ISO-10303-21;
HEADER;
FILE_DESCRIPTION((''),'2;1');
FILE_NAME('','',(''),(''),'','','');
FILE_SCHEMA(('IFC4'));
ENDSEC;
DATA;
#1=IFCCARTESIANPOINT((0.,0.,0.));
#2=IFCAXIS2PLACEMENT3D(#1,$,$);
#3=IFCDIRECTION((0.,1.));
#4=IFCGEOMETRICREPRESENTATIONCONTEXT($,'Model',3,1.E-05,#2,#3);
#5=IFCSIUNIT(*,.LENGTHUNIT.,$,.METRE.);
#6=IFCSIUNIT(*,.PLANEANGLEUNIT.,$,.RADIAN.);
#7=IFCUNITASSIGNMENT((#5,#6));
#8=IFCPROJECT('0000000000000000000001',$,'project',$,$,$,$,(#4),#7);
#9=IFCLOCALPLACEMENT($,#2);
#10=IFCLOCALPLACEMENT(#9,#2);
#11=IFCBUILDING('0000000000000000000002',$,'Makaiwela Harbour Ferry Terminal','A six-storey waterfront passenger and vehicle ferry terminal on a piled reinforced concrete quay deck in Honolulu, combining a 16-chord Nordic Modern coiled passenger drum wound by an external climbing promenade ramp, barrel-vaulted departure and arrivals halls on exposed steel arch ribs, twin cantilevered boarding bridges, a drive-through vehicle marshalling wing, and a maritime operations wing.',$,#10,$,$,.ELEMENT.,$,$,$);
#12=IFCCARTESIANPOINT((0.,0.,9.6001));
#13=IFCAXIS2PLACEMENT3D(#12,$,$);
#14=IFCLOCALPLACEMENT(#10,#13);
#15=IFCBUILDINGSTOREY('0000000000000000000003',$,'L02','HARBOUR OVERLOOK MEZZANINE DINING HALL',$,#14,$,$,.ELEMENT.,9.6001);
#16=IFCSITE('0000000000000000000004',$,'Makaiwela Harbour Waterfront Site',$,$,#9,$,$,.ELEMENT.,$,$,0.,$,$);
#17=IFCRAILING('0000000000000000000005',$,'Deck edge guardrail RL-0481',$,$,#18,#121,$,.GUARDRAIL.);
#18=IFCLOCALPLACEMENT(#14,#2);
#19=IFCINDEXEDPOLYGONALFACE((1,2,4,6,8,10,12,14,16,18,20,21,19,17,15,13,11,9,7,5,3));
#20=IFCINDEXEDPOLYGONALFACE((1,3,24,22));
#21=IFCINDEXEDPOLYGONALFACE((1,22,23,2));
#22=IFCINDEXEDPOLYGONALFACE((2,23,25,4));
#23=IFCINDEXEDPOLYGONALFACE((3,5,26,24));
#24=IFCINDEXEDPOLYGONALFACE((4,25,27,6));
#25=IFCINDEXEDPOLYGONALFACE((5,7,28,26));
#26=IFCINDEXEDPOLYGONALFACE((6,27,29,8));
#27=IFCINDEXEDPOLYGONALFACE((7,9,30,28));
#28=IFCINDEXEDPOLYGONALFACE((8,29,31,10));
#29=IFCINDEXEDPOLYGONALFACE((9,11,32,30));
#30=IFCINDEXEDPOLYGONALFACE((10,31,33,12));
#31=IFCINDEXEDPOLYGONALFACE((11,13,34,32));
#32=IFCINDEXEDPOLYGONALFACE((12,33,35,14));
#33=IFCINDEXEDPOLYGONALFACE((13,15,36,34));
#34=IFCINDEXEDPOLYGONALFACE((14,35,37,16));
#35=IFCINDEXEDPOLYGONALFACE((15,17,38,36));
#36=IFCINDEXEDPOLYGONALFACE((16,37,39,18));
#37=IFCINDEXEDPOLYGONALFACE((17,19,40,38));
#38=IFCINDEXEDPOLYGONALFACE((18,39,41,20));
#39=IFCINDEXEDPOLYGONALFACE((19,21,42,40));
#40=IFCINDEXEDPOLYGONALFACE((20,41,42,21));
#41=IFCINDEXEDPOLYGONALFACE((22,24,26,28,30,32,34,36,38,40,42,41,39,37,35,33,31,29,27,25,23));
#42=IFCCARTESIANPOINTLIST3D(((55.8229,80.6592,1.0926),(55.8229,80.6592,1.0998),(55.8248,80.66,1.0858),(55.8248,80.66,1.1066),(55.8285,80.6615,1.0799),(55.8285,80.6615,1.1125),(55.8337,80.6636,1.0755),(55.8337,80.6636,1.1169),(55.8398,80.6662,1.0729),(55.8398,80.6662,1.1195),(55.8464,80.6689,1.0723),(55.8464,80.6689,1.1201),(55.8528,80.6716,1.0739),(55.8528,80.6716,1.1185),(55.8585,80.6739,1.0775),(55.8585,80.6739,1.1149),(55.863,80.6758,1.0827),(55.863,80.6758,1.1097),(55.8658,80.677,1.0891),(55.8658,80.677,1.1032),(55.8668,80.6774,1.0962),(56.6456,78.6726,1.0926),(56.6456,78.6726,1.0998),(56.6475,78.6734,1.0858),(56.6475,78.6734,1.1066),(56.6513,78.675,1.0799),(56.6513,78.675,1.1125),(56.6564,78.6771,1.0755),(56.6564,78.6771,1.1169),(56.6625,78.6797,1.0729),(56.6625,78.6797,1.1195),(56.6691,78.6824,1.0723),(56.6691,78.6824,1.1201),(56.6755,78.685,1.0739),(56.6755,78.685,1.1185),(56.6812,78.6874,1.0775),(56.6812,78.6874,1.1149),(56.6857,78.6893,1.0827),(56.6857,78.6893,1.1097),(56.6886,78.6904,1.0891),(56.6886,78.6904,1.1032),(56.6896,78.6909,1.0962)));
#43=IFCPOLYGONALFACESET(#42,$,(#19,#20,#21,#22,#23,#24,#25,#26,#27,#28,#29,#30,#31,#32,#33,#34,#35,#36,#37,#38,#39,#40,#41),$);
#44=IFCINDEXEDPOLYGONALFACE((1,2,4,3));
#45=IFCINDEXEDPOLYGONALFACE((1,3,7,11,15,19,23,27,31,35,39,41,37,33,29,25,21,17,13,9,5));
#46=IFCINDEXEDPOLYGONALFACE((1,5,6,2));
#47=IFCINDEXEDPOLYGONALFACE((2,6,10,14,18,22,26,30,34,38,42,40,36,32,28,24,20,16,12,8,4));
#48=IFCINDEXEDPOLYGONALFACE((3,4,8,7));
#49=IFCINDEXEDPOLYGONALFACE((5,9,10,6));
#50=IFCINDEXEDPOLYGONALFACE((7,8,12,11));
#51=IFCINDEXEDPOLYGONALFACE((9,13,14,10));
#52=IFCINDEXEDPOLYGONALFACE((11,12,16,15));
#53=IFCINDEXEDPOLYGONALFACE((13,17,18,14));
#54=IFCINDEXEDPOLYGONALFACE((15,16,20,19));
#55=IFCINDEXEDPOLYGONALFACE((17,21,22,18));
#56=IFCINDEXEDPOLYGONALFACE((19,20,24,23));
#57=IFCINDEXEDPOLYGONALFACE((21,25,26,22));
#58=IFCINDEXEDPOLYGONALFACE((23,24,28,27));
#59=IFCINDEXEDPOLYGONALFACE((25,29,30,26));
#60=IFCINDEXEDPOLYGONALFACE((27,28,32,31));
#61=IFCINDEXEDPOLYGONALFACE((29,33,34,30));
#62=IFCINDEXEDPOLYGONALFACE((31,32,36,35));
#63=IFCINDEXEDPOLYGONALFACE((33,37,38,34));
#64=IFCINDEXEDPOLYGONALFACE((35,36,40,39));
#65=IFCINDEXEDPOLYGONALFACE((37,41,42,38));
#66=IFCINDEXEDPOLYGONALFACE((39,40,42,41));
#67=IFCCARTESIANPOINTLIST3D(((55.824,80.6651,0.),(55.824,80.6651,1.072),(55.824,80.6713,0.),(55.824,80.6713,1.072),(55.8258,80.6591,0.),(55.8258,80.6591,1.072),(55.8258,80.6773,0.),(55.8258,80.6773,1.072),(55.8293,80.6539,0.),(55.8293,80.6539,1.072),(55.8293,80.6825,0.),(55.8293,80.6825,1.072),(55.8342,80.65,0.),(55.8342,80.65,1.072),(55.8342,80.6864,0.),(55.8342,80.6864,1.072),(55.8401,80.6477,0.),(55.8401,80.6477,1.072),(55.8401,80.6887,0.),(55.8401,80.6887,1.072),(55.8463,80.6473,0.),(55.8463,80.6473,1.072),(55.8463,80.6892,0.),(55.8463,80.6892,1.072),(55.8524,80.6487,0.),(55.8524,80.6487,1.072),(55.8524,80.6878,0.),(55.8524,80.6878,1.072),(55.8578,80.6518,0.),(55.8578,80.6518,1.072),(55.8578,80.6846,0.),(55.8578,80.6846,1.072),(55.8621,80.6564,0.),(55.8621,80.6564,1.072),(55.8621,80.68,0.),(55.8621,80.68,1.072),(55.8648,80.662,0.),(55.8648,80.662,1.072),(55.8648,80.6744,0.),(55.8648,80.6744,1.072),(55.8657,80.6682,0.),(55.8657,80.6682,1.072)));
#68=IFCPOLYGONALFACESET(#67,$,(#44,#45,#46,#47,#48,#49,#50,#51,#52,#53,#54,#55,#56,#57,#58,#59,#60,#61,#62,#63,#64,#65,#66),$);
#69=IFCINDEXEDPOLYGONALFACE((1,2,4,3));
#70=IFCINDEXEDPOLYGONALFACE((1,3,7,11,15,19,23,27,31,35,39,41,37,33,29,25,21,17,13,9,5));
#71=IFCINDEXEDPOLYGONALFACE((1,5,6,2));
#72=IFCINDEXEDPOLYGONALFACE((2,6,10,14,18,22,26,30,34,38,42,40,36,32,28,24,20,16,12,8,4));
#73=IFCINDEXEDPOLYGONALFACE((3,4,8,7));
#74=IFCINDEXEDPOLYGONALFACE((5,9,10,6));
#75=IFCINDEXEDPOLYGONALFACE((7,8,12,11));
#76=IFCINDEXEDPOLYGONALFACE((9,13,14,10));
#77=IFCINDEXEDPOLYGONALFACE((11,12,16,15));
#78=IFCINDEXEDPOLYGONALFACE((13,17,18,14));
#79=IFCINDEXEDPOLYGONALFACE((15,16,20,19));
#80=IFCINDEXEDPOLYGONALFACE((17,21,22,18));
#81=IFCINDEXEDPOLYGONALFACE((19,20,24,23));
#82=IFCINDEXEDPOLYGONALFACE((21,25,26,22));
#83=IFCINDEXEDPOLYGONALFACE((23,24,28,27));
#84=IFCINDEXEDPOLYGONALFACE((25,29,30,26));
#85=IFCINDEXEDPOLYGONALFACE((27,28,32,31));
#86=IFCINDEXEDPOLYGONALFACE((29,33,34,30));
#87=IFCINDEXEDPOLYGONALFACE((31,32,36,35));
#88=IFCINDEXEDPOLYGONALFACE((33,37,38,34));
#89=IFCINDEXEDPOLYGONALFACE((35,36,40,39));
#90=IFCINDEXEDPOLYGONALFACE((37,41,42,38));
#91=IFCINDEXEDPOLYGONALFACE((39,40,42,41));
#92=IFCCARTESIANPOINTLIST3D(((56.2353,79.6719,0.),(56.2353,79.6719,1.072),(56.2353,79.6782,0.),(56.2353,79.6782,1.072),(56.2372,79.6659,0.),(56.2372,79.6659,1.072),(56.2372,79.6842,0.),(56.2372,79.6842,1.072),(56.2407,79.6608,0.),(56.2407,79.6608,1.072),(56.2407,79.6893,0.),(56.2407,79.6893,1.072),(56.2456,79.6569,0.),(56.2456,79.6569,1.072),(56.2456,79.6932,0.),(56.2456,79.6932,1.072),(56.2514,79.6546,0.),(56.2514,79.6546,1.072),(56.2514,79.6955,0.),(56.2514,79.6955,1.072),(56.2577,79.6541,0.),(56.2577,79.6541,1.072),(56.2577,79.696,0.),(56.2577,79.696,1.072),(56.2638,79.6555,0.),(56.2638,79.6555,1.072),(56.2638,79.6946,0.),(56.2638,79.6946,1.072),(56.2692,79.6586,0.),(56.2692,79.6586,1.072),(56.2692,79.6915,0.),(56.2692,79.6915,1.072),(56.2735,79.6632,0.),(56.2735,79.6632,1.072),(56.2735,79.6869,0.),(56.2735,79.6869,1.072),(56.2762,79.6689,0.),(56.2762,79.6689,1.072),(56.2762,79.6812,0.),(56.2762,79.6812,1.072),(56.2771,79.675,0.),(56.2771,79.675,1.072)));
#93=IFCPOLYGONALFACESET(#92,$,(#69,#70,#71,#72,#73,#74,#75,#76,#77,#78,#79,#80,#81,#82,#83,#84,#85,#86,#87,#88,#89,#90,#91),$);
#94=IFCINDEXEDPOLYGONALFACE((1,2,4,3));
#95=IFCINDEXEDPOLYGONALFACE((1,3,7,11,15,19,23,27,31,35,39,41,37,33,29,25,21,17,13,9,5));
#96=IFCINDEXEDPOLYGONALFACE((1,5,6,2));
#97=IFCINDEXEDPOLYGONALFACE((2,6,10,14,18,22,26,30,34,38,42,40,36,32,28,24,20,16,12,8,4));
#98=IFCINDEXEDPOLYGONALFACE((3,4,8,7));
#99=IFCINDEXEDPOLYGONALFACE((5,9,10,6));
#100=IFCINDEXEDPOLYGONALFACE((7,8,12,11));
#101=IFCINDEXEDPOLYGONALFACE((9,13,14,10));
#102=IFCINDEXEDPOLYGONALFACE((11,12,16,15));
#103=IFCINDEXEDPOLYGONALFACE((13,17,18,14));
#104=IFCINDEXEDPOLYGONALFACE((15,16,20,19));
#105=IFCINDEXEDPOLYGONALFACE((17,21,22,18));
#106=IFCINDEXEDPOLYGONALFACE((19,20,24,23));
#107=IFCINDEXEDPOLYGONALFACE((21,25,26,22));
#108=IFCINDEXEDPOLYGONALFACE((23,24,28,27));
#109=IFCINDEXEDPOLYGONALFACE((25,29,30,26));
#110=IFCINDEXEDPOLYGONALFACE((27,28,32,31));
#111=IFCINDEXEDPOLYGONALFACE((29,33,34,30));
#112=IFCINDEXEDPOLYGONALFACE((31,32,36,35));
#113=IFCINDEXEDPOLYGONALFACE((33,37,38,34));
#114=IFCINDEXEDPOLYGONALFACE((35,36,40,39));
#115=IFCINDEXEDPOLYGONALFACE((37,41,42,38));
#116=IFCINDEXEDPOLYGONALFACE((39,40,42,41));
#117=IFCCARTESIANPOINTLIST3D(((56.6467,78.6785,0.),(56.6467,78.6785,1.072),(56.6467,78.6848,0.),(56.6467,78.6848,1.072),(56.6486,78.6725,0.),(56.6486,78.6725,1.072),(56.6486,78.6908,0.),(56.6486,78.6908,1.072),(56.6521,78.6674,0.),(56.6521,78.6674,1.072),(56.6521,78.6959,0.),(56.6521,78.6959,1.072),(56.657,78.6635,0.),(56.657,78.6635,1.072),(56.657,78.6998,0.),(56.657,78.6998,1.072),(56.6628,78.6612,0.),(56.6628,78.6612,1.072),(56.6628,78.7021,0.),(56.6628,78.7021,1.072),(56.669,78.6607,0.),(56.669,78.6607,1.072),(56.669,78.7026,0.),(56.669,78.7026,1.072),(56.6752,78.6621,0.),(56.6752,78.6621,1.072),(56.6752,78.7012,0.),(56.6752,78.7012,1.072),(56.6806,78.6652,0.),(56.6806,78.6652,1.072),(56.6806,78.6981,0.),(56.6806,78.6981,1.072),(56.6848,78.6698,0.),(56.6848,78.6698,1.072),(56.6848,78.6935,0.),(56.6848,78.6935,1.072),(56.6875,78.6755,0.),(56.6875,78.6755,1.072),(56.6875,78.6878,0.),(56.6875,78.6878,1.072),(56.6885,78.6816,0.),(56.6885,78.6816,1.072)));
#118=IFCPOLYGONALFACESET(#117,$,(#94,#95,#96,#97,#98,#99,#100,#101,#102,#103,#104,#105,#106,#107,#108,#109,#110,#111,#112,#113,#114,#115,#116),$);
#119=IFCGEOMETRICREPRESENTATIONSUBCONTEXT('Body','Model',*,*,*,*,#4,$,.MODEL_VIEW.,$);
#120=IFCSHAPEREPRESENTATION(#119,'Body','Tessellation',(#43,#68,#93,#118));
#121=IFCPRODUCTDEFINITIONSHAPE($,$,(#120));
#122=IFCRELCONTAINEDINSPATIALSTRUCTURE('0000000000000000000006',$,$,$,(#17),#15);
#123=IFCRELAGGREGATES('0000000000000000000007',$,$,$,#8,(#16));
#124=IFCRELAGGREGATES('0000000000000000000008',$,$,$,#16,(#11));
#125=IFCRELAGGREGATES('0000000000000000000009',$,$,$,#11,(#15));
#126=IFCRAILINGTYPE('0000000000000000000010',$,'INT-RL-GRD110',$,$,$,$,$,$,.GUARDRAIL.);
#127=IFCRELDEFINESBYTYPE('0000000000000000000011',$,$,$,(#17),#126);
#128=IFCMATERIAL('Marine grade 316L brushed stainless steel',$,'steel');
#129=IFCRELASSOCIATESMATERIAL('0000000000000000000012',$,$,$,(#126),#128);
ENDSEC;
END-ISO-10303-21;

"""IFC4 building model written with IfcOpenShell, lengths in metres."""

from ifc_helpers import new_model, si_unit, direction, frame, origin, origin_2d, place, context, subcontext, project, spatial, circle, extrude, material, type_object, element, save


model = new_model("IFC4")

# Units and contexts
model_context = context("Model", 3, precision=1e-05, world=origin(), true_north=direction((0.0, 1.0)))
body_context = subcontext(model_context, "Body", "Model", "MODEL_VIEW")
ifc_project = project(units=[si_unit("LENGTHUNIT", "METRE"), si_unit("PLANEANGLEUNIT", "RADIAN")], contexts=[model_context])

# Site, building, storey
site_placement = place(None, origin())
site = spatial("IfcSite", under=ifc_project, at=site_placement, Name="Makaiwela Harbour Waterfront Site", CompositionType="ELEMENT", RefElevation=0.0)
building_placement = place(site_placement, origin())
building = spatial("IfcBuilding", under=site, at=building_placement, Name="Makaiwela Harbour Ferry Terminal", Description="A six-storey waterfront passenger and vehicle ferry terminal on a piled reinforced concrete quay deck in Honolulu, combining a 16-chord Nordic Modern coiled passenger drum wound by an external climbing promenade ramp, barrel-vaulted departure and arrivals halls on exposed steel arch ribs, twin cantilevered boarding bridges, a drive-through vehicle marshalling wing, and a maritime operations wing.", CompositionType="ELEMENT")
storey_placement = place(building_placement, frame((0.0, 0.0, 9.6001)))
storey = spatial("IfcBuildingStorey", under=building, at=storey_placement, Name="L02", Description="HARBOUR OVERLOOK MEZZANINE DINING HALL", CompositionType="ELEMENT", Elevation=9.6001)

# Railing
ifc_material_1 = material(Name="Marine grade 316L brushed stainless steel", Category="steel")
railing_type = type_object("IfcRailingType", Name="INT-RL-GRD110", PredefinedType="GUARDRAIL", material=ifc_material_1)
railing_1_placement = place(storey_placement, frame((55.8447, 80.6682, 0.0)))
element("IfcRailing", 1, at=railing_1_placement, inside=storey, type_object=railing_type, Name="Deck edge guardrail RL-0481", PredefinedType="GUARDRAIL", context=body_context, shape_type="SweptSolid", body=[
    extrude(circle(Radius=0.0239, at=origin_2d()), frame((0.0, 0.0, 1.0962), z_axis=(0.382639, -0.923898, 0.0), x_axis=(0.923898, 0.382639, 0.0)), (0.0, 0.0, 1.0), 2.1501),
    extrude(circle(Radius=0.021, at=origin_2d()), origin(), (0.0, 0.0, 1.0), 1.072),
    extrude(circle(Radius=0.021, at=origin_2d()), frame((0.4114, -0.9932, 0.0)), (0.0, 0.0, 1.0), 1.072),
    extrude(circle(Radius=0.021, at=origin_2d()), frame((0.8228, -1.9866, 0.0)), (0.0, 0.0, 1.0), 1.072),
])

save(model, "model.ifc")
